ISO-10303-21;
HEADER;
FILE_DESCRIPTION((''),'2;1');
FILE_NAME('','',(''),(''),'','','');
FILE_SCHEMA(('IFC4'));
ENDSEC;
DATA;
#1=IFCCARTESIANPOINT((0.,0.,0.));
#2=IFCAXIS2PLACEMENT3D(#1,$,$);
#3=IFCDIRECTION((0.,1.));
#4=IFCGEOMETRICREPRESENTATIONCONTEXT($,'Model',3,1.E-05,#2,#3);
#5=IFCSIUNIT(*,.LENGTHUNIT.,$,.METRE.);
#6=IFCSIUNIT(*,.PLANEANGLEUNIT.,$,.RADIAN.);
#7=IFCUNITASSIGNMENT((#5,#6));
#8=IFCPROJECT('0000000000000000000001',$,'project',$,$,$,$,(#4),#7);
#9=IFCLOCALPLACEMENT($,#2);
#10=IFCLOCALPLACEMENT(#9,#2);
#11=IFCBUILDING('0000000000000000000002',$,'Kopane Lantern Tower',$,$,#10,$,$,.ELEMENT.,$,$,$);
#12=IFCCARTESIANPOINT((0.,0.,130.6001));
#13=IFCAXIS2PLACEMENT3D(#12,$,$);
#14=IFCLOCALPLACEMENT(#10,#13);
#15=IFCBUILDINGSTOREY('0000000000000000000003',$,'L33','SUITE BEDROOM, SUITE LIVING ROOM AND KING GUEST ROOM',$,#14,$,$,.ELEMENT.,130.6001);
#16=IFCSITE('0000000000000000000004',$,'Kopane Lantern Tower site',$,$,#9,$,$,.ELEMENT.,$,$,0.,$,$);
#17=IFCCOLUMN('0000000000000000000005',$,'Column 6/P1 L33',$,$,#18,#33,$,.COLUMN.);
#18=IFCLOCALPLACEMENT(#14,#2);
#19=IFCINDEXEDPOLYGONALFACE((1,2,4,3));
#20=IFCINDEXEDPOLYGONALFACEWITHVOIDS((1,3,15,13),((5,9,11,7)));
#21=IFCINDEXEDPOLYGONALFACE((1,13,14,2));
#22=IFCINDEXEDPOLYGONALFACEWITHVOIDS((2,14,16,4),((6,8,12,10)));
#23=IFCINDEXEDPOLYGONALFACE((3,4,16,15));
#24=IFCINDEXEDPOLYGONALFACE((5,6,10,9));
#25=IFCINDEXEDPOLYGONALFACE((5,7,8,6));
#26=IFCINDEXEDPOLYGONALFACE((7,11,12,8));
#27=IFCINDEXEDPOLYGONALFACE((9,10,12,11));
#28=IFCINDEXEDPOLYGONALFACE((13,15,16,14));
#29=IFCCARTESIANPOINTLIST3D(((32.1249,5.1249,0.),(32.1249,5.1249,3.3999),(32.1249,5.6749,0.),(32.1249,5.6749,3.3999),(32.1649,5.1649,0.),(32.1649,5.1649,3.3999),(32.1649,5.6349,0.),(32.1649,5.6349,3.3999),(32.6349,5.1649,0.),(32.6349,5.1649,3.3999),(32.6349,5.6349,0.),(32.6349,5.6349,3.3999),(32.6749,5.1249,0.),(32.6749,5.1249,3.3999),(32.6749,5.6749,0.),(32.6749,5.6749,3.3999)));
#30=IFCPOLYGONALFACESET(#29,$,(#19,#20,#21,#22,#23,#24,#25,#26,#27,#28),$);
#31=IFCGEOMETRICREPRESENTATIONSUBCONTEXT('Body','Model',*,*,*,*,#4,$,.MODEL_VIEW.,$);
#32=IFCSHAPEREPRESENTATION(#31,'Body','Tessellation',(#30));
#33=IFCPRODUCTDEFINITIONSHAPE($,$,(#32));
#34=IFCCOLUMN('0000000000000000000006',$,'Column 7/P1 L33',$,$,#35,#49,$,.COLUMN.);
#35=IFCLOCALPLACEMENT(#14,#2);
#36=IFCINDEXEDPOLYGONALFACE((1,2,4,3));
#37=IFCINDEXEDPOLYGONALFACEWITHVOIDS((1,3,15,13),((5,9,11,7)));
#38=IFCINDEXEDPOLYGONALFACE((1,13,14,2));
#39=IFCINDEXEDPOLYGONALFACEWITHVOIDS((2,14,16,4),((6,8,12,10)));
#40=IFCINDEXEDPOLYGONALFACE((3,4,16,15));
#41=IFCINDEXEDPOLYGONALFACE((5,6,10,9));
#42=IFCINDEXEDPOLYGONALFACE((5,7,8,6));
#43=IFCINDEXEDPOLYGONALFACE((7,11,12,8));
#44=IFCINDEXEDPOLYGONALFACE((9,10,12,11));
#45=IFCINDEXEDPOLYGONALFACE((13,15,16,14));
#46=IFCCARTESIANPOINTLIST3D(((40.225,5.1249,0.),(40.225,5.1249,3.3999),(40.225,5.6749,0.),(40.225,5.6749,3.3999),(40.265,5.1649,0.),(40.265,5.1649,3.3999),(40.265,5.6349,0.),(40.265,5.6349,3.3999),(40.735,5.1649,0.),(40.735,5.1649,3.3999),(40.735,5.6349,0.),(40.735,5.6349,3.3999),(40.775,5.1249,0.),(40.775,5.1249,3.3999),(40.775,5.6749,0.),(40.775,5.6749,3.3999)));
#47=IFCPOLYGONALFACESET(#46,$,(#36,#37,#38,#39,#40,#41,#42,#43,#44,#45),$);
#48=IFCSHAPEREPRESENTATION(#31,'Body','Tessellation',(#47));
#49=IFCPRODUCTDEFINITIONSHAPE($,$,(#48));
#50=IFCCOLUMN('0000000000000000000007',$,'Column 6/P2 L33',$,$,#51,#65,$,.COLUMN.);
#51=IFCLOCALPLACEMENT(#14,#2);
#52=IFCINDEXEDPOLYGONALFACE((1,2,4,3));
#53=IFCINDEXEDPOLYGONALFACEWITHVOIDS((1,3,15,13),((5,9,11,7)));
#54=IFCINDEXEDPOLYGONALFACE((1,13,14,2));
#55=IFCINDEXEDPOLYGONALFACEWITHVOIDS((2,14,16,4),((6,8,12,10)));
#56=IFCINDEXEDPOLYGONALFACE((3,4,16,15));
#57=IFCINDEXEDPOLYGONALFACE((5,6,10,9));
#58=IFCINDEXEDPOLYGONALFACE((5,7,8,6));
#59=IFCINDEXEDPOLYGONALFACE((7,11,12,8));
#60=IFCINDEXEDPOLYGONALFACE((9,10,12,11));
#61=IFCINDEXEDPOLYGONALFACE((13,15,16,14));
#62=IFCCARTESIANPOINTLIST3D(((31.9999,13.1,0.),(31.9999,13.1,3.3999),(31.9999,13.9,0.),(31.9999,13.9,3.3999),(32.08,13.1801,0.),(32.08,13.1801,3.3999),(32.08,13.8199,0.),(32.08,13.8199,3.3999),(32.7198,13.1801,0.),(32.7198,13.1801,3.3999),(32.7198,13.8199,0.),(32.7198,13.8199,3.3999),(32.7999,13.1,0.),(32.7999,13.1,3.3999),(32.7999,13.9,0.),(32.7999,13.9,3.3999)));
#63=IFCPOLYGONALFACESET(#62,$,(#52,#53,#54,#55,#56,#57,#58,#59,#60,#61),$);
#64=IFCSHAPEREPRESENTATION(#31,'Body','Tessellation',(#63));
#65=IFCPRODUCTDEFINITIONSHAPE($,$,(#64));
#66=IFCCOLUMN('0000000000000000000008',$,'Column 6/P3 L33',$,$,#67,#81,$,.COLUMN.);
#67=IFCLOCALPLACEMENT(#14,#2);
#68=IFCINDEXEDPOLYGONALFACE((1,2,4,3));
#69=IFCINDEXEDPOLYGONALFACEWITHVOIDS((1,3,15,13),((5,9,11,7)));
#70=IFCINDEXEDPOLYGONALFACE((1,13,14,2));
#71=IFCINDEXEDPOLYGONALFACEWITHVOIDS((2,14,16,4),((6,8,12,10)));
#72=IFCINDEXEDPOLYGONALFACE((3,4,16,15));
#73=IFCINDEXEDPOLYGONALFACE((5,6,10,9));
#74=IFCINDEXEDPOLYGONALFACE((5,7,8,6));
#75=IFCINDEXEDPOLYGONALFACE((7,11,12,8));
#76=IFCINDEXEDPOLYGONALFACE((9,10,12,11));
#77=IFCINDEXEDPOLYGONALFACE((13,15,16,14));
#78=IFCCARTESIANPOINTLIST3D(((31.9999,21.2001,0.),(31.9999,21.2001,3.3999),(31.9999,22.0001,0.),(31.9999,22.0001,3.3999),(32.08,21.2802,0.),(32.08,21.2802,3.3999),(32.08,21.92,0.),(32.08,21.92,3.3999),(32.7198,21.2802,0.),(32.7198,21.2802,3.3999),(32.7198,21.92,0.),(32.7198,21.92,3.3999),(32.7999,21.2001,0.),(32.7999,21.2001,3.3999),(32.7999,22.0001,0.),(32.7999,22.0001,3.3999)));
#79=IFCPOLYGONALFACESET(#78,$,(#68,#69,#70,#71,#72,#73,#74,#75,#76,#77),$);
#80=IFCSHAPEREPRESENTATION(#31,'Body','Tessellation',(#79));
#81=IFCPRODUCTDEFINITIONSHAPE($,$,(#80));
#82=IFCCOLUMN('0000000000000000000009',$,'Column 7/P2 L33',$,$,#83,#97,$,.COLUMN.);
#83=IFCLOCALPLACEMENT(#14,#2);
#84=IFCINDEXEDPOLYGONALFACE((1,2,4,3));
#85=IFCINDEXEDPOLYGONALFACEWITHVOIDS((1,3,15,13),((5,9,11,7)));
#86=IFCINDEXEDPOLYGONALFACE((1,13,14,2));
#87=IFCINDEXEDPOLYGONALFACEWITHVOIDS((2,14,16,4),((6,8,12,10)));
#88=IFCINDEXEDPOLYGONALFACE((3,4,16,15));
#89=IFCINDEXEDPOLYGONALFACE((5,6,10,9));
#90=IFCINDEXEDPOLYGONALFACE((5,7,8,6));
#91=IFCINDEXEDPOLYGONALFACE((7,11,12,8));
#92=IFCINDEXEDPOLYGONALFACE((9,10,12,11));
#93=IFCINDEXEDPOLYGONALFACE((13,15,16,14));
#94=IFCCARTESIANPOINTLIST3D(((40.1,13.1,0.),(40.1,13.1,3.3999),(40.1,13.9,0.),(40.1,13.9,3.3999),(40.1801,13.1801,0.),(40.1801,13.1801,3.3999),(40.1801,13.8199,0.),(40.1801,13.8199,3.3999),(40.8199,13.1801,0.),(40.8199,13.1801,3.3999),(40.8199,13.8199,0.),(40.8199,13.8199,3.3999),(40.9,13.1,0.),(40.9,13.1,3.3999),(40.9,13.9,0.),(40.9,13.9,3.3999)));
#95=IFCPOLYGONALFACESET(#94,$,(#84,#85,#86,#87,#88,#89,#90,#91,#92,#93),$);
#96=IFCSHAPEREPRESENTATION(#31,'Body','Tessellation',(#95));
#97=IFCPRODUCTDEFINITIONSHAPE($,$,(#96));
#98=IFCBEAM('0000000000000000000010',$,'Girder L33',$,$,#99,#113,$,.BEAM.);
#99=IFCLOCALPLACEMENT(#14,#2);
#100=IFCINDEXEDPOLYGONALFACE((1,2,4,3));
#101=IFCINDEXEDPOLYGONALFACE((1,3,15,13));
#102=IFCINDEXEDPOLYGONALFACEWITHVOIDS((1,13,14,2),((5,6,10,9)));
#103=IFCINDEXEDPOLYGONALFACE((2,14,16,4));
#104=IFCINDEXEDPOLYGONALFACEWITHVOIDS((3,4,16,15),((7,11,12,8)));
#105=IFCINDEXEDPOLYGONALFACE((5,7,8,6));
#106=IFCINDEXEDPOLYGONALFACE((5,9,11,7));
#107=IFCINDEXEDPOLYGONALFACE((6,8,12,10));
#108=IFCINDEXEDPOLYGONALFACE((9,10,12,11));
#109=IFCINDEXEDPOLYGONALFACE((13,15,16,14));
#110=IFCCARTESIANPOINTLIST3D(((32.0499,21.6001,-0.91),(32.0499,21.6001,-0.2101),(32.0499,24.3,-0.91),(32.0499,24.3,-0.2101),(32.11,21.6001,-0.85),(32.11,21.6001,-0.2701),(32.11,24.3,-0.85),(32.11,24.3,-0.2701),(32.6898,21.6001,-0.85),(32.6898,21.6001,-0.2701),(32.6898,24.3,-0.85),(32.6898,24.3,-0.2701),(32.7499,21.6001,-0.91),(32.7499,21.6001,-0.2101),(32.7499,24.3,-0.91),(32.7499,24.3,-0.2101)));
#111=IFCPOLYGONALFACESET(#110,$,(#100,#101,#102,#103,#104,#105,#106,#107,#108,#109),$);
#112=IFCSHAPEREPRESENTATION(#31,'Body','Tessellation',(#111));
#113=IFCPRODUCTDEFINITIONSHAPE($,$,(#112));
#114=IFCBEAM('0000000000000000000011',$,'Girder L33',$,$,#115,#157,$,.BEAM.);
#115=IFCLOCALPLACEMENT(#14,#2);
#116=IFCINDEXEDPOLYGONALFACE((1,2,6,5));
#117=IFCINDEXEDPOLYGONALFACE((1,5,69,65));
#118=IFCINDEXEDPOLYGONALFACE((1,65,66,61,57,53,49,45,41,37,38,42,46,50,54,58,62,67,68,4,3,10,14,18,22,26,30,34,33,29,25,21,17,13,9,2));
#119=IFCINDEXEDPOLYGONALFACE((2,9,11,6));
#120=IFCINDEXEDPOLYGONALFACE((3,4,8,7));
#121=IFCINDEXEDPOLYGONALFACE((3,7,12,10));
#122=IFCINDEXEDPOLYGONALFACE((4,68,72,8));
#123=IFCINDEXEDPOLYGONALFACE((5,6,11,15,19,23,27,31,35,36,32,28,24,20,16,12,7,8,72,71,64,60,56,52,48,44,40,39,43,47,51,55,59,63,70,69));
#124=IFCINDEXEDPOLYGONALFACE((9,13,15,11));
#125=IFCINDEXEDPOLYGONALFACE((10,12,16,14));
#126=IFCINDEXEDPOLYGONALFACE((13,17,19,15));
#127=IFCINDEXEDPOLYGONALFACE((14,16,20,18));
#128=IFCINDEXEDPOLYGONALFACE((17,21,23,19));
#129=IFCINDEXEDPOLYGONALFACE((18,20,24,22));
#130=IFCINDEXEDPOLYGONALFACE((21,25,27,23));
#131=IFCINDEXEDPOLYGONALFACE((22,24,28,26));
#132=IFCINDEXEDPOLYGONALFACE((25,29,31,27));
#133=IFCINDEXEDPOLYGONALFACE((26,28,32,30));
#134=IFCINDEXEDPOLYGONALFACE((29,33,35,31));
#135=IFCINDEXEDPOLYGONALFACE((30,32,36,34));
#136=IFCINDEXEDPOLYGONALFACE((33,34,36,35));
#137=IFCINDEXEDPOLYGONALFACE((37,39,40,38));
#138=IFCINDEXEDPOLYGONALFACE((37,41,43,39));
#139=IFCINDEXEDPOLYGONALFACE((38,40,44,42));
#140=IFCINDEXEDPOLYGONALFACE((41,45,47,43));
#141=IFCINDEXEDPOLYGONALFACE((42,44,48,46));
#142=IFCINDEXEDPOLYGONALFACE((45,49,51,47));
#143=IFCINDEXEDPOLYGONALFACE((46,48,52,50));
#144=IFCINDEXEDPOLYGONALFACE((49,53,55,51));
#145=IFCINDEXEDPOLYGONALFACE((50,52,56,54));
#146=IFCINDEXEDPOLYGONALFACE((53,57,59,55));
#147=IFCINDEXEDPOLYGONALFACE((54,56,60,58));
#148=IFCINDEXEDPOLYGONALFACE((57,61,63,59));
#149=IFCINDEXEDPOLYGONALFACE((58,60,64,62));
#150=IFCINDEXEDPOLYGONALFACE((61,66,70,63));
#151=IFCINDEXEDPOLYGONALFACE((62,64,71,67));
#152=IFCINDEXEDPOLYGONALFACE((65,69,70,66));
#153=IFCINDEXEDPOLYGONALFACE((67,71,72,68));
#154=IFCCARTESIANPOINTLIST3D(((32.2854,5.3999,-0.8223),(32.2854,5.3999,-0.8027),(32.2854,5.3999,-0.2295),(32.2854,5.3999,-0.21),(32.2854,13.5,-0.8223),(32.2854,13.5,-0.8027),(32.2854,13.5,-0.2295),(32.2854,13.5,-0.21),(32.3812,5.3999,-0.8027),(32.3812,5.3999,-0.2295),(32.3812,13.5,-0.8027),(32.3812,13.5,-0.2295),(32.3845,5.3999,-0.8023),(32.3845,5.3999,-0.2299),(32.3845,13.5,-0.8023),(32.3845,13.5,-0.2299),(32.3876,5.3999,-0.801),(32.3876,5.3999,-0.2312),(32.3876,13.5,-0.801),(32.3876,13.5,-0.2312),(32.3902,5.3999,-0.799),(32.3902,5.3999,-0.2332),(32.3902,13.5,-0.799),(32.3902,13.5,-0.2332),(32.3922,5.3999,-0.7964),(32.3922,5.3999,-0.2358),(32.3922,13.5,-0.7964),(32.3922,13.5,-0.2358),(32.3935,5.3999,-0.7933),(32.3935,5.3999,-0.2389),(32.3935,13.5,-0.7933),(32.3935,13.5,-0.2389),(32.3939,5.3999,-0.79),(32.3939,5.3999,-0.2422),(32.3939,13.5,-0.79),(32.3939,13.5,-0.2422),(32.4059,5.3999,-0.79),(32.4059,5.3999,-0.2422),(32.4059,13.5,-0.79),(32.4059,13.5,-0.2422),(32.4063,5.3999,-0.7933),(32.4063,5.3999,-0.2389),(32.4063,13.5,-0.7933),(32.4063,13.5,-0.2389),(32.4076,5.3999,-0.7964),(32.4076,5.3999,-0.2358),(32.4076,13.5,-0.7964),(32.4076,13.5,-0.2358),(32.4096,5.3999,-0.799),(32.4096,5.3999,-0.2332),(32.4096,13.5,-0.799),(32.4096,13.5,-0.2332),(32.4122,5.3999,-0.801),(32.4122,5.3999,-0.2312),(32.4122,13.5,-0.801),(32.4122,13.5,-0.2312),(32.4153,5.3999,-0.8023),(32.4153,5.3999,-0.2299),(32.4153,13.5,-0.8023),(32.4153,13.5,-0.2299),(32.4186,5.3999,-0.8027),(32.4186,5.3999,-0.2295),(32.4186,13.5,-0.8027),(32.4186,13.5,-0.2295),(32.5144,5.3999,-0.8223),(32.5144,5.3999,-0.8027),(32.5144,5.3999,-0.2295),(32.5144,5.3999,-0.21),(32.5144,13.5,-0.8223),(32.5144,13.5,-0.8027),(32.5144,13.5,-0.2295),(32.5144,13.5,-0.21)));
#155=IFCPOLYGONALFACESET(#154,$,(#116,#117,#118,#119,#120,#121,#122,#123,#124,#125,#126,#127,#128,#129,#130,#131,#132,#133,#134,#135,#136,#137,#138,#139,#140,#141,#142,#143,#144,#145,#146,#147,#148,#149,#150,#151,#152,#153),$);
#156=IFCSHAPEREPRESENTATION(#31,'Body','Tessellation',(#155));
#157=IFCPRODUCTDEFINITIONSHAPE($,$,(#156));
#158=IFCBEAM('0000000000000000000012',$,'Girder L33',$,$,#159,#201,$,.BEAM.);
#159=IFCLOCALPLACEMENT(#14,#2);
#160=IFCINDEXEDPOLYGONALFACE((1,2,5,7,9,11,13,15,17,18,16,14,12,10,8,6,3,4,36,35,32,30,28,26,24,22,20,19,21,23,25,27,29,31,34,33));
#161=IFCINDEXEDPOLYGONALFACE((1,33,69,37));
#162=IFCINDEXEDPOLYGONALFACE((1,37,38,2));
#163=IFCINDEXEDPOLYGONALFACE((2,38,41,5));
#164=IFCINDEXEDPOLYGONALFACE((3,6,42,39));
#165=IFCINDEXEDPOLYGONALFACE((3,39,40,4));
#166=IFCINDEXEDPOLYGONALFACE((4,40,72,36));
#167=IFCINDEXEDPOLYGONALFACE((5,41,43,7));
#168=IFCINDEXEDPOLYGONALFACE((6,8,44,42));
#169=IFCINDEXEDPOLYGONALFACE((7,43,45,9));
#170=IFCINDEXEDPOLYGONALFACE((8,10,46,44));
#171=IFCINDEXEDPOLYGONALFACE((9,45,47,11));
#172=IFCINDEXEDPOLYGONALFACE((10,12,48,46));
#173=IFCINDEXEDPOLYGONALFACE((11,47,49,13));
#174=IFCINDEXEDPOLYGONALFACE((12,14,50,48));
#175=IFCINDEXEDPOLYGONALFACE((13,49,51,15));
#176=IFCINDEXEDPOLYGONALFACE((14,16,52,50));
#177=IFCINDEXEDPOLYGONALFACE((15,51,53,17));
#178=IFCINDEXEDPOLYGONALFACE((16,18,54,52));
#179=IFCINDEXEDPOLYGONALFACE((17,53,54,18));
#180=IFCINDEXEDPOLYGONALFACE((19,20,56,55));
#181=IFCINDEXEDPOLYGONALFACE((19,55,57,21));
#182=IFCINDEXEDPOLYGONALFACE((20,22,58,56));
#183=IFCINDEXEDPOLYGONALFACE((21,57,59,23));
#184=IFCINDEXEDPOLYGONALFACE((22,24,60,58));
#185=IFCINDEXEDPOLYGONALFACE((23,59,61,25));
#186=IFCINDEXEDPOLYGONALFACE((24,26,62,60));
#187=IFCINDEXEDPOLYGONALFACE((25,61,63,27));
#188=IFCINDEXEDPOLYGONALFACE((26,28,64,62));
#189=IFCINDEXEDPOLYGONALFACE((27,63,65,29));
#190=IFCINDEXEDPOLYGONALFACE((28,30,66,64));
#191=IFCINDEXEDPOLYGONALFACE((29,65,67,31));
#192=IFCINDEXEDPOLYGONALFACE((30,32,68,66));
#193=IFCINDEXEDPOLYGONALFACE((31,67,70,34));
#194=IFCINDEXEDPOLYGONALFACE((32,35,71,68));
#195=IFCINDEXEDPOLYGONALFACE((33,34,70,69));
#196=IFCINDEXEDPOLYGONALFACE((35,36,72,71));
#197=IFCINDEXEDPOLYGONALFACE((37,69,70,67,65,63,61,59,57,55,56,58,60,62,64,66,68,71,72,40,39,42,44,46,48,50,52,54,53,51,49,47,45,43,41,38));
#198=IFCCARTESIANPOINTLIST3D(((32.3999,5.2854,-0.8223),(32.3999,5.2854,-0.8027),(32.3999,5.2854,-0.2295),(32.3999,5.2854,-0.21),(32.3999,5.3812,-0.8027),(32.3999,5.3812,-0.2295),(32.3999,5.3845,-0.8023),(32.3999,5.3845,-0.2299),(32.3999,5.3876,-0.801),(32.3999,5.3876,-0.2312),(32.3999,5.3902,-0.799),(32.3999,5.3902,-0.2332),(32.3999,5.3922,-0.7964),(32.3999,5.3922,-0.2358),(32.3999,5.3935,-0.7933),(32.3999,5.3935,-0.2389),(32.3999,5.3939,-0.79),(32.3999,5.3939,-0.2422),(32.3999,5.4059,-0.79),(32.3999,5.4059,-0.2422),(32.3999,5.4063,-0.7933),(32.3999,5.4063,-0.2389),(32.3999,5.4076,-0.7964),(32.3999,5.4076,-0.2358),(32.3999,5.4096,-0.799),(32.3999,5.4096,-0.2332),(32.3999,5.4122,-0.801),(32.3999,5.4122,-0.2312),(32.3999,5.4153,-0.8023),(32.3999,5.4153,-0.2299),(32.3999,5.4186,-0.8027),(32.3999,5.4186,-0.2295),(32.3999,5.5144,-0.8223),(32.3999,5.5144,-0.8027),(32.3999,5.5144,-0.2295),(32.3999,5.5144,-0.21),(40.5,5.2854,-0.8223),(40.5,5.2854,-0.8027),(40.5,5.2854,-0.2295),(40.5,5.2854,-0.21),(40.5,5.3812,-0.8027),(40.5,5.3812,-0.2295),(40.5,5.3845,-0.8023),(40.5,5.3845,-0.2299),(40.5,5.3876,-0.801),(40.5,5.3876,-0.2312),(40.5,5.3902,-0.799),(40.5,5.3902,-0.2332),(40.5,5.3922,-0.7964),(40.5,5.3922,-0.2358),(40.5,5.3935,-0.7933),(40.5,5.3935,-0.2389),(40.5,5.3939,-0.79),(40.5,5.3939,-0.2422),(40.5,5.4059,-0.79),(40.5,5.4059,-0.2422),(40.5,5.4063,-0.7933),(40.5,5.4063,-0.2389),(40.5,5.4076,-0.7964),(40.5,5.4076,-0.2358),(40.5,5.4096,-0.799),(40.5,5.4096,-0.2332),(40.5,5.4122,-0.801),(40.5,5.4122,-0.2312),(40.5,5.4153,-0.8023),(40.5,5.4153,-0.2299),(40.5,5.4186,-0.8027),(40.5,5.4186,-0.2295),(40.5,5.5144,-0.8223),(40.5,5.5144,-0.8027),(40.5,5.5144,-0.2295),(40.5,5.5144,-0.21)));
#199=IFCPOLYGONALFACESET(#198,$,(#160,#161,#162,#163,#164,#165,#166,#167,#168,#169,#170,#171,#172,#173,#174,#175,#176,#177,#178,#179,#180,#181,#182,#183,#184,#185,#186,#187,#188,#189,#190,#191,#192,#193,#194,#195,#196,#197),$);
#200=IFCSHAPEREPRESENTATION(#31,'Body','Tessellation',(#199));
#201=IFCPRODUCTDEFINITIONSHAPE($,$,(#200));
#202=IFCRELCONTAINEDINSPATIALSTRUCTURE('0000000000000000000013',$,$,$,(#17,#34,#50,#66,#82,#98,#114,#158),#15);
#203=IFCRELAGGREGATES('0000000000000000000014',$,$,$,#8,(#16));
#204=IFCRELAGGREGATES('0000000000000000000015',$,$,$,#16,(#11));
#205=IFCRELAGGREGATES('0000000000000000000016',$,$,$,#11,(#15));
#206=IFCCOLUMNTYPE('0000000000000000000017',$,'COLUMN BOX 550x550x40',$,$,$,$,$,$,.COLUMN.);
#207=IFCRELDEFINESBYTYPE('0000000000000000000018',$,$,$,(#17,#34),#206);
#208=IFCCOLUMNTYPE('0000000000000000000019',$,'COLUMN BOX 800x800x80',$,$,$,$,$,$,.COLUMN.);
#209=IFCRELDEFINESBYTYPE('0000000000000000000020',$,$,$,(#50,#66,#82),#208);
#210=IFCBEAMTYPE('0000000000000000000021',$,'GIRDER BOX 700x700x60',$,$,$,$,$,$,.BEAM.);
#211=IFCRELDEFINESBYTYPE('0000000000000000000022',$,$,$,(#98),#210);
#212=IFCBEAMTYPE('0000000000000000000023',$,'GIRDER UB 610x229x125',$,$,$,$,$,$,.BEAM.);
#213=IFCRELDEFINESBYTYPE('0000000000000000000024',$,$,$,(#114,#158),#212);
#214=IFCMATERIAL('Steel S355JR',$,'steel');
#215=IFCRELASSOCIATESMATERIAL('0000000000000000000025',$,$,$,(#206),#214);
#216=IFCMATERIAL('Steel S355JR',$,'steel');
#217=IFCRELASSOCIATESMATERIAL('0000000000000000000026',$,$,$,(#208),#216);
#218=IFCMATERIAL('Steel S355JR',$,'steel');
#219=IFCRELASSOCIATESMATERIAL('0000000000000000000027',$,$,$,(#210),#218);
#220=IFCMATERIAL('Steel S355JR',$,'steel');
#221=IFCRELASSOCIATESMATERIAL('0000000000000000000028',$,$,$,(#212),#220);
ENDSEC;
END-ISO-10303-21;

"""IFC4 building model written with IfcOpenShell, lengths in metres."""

from ifc_helpers import new_model, si_unit, direction, frame, origin, origin_2d, place, context, subcontext, project, spatial, hollow_rectangle, i_section, extrude, material, material_profile, profile_set, type_object, element, save


model = new_model("IFC4")

# Units and contexts
model_context = context("Model", 3, precision=1e-05, world=origin(), true_north=direction((0.0, 1.0)))
body_context = subcontext(model_context, "Body", "Model", "MODEL_VIEW")
ifc_project = project(units=[si_unit("LENGTHUNIT", "METRE"), si_unit("PLANEANGLEUNIT", "RADIAN")], contexts=[model_context])

# Site, building, storey
site_placement = place(None, origin())
site = spatial("IfcSite", under=ifc_project, at=site_placement, Name="Kopane Lantern Tower site", CompositionType="ELEMENT", RefElevation=0.0)
building_placement = place(site_placement, origin())
building = spatial("IfcBuilding", under=site, at=building_placement, Name="Kopane Lantern Tower", CompositionType="ELEMENT")
storey_placement = place(building_placement, frame((0.0, 0.0, 130.6001)))
storey = spatial("IfcBuildingStorey", under=building, at=storey_placement, Name="L33", Description="SUITE BEDROOM, SUITE LIVING ROOM AND KING GUEST ROOM", CompositionType="ELEMENT", Elevation=130.6001)

# Columns
ifc_material_1 = material(Name="Steel S355JR", Category="steel")
ifc_material_profile_1 = material_profile(ifc_material_1, hollow_rectangle(XDim=0.55, YDim=0.55, WallThickness=0.04, at=origin_2d()), Name="BOX 550x550x40")
ifc_profile_set_1 = profile_set([ifc_material_profile_1], Name="Steel S355JR")
column_type_1 = type_object("IfcColumnType", Name="COLUMN BOX 550x550x40", PredefinedType="COLUMN", material=ifc_profile_set_1)
for number, where, z_axis, x_axis, name in (
    (1, (32.3999, 5.3999, 0.0), (0.0, 0.0, 1.0), (1.0, 0.0, 0.0), "Column 6/P1 L33"),
    (2, (40.5, 5.3999, 0.0), (0.0, 0.0, 1.0), (1.0, 0.0, 0.0), "Column 7/P1 L33"),
):
    element("IfcColumn", number, at=place(storey_placement, frame(where, z_axis=z_axis, x_axis=x_axis)), inside=storey, type_object=column_type_1, Name=name, PredefinedType="COLUMN", context=body_context, shape_type="SweptSolid", body=[
        extrude(hollow_rectangle(XDim=0.55, YDim=0.55, WallThickness=0.04, at=origin_2d()), origin(), (0.0, 0.0, 1.0), 3.3999),
    ])
ifc_material_2 = material(Name="Steel S355JR", Category="steel")
ifc_material_profile_2 = material_profile(ifc_material_2, hollow_rectangle(XDim=0.8, YDim=0.8, WallThickness=0.0801, at=origin_2d()), Name="BOX 800x800x80")
ifc_profile_set_2 = profile_set([ifc_material_profile_2], Name="Steel S355JR")
column_type_2 = type_object("IfcColumnType", Name="COLUMN BOX 800x800x80", PredefinedType="COLUMN", material=ifc_profile_set_2)
for number, where, z_axis, x_axis, name in (
    (3, (32.3999, 13.5, 0.0), (0.0, 0.0, 1.0), (1.0, 0.0, 0.0), "Column 6/P2 L33"),
    (4, (32.3999, 21.6001, 0.0), (0.0, 0.0, 1.0), (1.0, 0.0, 0.0), "Column 6/P3 L33"),
    (5, (40.5, 13.5, 0.0), (0.0, 0.0, 1.0), (1.0, 0.0, 0.0), "Column 7/P2 L33"),
):
    element("IfcColumn", number, at=place(storey_placement, frame(where, z_axis=z_axis, x_axis=x_axis)), inside=storey, type_object=column_type_2, Name=name, PredefinedType="COLUMN", context=body_context, shape_type="SweptSolid", body=[
        extrude(hollow_rectangle(XDim=0.8, YDim=0.8, WallThickness=0.0801, at=origin_2d()), origin(), (0.0, 0.0, 1.0), 3.3999),
    ])

# Beams
ifc_material_3 = material(Name="Steel S355JR", Category="steel")
ifc_material_profile_3 = material_profile(ifc_material_3, hollow_rectangle(XDim=0.7, YDim=0.7, WallThickness=0.0601, at=origin_2d()), Name="BOX 700x700x60")
ifc_profile_set_3 = profile_set([ifc_material_profile_3], Name="Steel S355JR")
beam_type_1 = type_object("IfcBeamType", Name="GIRDER BOX 700x700x60", PredefinedType="BEAM", material=ifc_profile_set_3)
beam_placement = place(storey_placement, frame((32.3999, 21.6001, -0.5601), z_axis=(0.0, 1.0, 0.0), x_axis=(-1.0, 0.0, 0.0)))
element("IfcBeam", 6, at=beam_placement, inside=storey, type_object=beam_type_1, Name="Girder L33", PredefinedType="BEAM", context=body_context, shape_type="SweptSolid", body=[
    extrude(hollow_rectangle(XDim=0.7, YDim=0.7, WallThickness=0.0601, at=origin_2d()), origin(), (0.0, 0.0, 1.0), 2.7),
])
ifc_material_4 = material(Name="Steel S355JR", Category="steel")
ifc_material_profile_4 = material_profile(ifc_material_4, i_section(OverallWidth=0.229, OverallDepth=0.6123, WebThickness=0.012, FlangeThickness=0.0195, FilletRadius=0.0127, at=origin_2d()), Name="UB 610x229x125")
ifc_profile_set_4 = profile_set([ifc_material_profile_4], Name="Steel S355JR")
beam_type_2 = type_object("IfcBeamType", Name="GIRDER UB 610x229x125", PredefinedType="BEAM", material=ifc_profile_set_4)
for number, where, z_axis, x_axis, name in (
    (7, (32.3999, 5.3999, -0.5161), (0.0, 1.0, 0.0), (-1.0, 0.0, 0.0), "Girder L33"),
    (8, (32.3999, 5.3999, -0.5161), (1.0, 0.0, 0.0), (0.0, 1.0, 0.0), "Girder L33"),
):
    element("IfcBeam", number, at=place(storey_placement, frame(where, z_axis=z_axis, x_axis=x_axis)), inside=storey, type_object=beam_type_2, Name=name, PredefinedType="BEAM", context=body_context, shape_type="SweptSolid", body=[
        extrude(i_section(OverallWidth=0.229, OverallDepth=0.6123, WebThickness=0.012, FlangeThickness=0.0195, FilletRadius=0.0127, at=origin_2d()), origin(), (0.0, 0.0, 1.0), 8.1001),
    ])

save(model, "model.ifc")
